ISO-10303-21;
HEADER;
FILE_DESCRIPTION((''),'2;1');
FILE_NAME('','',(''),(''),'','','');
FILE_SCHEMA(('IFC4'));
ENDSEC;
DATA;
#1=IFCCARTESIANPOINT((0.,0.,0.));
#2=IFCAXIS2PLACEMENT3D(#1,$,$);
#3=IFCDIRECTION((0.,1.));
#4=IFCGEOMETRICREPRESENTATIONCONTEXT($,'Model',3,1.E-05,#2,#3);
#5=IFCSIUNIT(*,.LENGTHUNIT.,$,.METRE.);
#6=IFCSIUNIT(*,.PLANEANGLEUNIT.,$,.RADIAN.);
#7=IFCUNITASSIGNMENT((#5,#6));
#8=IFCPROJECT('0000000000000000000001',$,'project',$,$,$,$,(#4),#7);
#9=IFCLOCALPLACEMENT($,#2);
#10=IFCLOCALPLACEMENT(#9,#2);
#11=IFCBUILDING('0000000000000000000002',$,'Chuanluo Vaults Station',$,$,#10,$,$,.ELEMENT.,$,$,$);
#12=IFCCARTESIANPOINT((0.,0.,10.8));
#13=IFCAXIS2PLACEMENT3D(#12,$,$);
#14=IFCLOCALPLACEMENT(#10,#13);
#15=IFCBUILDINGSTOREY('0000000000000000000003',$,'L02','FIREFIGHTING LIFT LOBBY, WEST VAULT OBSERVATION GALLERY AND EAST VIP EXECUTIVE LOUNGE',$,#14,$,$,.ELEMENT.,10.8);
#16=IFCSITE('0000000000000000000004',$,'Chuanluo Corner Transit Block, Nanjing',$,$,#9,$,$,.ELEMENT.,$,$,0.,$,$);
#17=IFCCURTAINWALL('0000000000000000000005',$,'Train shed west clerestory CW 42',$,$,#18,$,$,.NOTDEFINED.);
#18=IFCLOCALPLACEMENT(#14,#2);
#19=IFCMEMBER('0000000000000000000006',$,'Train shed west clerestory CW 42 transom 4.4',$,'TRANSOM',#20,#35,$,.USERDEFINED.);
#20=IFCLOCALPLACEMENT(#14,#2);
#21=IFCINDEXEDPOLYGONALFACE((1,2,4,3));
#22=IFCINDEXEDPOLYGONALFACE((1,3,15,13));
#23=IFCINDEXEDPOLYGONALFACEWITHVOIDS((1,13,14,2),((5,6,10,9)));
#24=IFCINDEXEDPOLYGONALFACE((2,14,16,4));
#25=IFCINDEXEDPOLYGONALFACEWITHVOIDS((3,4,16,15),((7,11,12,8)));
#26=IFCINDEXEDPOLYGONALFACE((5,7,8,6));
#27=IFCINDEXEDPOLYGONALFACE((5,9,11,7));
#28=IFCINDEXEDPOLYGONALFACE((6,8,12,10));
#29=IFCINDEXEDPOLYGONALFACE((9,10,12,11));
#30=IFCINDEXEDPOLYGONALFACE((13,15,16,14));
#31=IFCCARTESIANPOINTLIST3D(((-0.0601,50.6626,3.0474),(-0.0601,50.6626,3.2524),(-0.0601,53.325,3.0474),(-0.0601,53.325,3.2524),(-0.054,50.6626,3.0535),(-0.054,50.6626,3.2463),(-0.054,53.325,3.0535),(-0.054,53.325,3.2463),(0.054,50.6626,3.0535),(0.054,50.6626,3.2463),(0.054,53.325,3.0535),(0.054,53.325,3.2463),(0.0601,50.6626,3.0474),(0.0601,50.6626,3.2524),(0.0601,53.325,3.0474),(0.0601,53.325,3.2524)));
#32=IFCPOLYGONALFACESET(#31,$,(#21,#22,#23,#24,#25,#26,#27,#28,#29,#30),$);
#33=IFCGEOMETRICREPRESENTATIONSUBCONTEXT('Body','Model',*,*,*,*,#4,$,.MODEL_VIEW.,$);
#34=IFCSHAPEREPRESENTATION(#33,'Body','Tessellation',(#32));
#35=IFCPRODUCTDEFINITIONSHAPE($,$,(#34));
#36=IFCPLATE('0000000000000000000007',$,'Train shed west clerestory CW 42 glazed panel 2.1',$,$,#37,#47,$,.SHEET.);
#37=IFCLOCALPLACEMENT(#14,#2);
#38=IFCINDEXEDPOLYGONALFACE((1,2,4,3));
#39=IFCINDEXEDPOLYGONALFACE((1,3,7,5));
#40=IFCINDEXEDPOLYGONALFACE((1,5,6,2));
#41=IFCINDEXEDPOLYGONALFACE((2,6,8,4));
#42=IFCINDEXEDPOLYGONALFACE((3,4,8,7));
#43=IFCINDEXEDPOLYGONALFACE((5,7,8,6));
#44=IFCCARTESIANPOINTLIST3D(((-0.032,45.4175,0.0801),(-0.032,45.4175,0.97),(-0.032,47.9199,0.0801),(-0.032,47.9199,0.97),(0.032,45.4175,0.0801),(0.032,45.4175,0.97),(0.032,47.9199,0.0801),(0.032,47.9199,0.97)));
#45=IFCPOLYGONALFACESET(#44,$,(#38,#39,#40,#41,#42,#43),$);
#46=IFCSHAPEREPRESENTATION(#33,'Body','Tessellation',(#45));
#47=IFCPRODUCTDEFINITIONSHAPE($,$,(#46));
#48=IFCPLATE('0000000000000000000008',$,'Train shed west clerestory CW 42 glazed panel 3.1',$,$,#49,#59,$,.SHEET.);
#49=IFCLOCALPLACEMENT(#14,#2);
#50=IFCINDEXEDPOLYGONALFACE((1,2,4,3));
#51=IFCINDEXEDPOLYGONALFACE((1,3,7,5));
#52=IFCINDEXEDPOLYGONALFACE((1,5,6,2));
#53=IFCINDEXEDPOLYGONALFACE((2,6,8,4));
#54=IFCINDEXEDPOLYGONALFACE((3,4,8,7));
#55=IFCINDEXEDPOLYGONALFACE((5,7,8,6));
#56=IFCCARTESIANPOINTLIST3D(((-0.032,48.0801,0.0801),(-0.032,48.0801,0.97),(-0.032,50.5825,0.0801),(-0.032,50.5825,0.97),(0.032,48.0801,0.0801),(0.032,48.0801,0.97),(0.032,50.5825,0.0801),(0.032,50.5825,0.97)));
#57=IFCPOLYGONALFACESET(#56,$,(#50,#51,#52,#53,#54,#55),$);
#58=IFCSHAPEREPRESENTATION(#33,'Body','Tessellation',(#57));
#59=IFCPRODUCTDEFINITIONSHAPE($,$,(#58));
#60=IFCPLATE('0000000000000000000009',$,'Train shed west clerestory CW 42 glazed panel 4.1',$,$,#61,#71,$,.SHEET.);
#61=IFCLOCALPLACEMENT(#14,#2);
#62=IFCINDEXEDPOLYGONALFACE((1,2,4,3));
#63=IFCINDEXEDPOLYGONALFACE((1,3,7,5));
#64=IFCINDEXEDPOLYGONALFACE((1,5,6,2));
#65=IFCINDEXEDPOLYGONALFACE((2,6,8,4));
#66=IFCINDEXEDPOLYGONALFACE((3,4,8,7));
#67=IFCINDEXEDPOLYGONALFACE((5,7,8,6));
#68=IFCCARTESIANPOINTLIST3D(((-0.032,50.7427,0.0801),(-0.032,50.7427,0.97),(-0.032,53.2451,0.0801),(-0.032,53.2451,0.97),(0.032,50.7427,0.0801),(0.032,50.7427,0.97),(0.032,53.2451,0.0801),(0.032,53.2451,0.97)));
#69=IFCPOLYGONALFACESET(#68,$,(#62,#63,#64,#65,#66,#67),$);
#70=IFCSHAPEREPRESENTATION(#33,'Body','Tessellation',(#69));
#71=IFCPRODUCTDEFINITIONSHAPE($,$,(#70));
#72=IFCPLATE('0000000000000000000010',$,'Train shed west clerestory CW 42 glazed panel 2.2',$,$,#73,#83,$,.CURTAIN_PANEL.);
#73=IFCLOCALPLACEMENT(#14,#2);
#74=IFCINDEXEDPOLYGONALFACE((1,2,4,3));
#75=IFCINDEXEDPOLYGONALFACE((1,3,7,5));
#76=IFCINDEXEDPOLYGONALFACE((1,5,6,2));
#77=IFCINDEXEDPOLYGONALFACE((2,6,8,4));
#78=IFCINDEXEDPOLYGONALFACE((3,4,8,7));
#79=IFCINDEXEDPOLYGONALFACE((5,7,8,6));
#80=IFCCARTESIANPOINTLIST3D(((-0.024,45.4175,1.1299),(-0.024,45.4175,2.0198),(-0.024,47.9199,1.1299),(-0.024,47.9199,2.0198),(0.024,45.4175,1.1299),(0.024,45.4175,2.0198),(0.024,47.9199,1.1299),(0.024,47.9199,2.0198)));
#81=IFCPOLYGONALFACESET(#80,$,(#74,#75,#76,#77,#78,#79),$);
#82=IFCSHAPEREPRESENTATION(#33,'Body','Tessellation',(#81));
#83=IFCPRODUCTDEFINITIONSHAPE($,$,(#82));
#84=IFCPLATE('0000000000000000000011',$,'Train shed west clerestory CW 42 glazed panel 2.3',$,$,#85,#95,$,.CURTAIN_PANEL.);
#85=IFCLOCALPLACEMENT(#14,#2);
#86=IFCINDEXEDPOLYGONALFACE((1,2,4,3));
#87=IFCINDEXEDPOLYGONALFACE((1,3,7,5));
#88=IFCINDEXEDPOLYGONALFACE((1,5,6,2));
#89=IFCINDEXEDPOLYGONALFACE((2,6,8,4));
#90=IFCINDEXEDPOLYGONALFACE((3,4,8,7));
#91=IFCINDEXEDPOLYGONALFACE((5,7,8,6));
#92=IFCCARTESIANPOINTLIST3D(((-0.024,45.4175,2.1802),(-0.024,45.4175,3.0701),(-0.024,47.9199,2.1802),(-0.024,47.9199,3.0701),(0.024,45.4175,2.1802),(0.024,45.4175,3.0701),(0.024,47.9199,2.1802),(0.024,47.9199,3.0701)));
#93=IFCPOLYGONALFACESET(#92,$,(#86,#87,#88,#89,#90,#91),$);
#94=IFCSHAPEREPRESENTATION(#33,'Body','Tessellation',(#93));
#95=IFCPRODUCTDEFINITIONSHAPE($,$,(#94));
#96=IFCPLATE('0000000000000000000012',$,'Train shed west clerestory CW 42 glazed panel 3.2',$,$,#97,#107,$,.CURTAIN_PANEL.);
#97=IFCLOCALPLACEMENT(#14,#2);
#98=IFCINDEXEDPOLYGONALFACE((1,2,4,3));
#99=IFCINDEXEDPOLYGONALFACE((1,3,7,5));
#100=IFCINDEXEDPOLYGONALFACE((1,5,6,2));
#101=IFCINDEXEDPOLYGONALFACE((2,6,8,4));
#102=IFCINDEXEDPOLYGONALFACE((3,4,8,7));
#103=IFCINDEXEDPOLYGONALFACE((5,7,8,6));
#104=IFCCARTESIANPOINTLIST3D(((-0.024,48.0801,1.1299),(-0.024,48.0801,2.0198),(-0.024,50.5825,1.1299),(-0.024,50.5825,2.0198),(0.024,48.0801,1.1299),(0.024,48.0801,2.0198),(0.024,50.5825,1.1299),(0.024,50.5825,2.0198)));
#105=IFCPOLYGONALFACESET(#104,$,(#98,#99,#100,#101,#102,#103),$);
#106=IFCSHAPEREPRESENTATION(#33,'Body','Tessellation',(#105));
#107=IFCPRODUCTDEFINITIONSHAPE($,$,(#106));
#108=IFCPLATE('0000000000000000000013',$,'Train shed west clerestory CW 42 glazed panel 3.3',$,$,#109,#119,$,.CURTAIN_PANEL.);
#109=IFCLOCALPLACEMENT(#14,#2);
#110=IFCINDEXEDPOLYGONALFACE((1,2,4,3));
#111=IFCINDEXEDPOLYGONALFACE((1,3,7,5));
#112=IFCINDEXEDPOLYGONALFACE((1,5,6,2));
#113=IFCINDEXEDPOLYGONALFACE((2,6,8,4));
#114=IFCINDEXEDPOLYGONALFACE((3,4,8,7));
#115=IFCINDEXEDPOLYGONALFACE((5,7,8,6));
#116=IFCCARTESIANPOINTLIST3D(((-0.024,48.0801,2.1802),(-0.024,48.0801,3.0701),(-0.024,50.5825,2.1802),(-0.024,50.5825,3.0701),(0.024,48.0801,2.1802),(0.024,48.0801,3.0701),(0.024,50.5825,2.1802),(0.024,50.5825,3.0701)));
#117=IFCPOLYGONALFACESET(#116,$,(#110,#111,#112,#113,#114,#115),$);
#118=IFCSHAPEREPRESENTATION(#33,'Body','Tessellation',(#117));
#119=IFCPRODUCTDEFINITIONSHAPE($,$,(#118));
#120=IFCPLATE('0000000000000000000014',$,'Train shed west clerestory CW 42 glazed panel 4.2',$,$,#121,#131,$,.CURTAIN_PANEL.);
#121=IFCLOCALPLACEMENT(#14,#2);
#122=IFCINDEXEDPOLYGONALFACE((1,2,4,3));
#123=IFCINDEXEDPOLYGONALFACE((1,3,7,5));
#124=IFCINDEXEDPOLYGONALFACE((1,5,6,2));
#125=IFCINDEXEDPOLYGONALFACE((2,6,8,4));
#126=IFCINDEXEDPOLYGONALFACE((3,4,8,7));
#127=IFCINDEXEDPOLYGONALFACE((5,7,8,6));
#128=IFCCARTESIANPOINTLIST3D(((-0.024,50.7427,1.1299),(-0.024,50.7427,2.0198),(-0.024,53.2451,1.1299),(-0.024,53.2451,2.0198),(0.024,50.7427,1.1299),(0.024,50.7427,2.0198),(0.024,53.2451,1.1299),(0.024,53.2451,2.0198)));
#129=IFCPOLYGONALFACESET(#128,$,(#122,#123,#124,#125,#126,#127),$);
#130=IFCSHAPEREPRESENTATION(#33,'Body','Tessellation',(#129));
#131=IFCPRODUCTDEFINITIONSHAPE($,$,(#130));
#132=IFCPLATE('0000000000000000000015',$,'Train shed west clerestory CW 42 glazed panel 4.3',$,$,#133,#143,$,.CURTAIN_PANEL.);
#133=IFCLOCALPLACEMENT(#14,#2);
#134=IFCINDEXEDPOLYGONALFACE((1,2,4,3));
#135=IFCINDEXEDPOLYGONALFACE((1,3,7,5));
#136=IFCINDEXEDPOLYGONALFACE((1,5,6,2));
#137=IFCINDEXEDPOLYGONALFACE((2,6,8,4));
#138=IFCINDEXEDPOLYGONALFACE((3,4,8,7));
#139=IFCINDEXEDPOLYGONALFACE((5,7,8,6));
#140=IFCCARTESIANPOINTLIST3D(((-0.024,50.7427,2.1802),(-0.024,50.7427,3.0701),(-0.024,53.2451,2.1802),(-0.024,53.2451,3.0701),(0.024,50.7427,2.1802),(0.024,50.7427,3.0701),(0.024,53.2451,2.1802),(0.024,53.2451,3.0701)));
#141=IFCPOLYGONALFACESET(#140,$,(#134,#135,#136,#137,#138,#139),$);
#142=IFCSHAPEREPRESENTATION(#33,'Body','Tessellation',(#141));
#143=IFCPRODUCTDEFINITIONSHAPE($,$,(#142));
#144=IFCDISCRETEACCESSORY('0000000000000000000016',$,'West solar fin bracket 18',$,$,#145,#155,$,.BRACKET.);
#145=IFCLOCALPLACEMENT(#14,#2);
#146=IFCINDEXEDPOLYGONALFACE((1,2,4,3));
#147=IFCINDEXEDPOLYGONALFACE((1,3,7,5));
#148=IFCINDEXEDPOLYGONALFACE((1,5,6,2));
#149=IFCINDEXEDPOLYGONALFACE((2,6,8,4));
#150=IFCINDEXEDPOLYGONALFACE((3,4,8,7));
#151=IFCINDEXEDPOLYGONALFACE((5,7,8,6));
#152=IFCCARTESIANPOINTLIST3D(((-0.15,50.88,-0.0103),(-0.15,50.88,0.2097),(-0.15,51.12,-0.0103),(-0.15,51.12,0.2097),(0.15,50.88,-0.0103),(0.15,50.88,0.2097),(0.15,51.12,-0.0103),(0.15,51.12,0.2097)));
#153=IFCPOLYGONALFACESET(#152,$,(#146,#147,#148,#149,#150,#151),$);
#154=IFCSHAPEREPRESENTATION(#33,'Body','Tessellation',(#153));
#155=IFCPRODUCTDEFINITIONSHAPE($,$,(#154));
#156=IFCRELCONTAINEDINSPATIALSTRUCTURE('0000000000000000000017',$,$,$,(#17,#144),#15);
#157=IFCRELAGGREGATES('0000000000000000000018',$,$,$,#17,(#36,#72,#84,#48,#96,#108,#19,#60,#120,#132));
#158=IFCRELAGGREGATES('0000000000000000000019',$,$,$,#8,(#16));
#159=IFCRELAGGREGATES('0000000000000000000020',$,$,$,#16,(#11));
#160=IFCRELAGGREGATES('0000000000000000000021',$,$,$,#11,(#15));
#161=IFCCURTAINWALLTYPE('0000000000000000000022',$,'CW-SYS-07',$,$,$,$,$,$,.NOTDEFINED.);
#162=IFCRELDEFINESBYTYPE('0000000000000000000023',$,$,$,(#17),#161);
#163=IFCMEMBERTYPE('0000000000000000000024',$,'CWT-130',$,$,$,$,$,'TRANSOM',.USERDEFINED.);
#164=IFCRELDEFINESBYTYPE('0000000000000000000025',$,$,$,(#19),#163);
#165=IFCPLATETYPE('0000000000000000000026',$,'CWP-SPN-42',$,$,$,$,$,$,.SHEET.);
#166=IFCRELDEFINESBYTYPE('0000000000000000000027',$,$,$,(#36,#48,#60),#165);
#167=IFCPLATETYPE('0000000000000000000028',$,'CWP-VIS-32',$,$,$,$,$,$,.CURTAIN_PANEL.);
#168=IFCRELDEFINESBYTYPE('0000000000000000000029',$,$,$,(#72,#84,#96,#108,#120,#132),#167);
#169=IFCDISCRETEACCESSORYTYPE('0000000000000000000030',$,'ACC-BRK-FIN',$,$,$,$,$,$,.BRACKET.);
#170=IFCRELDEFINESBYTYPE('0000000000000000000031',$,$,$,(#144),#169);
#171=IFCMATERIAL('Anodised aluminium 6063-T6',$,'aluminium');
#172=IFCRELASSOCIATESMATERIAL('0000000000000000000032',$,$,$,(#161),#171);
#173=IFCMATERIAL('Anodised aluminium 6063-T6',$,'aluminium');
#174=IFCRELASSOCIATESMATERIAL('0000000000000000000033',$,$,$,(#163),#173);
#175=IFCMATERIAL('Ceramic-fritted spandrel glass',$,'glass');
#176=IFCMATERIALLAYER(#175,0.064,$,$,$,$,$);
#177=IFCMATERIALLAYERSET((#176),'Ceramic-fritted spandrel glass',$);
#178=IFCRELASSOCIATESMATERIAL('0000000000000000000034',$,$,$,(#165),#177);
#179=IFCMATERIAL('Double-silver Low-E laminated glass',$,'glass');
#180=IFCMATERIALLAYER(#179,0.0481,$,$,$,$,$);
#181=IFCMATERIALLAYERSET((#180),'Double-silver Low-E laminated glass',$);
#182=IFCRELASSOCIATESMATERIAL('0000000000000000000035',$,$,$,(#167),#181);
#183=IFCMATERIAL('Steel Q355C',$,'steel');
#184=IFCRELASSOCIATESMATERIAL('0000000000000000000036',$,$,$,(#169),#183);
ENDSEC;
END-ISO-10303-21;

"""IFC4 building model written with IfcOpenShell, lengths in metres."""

from ifc_helpers import new_model, si_unit, direction, frame, origin, origin_2d, place, context, subcontext, project, spatial, rectangle, hollow_rectangle, extrude, material, layer, layer_set, material_profile, profile_set, type_object, element, aggregate, save


model = new_model("IFC4")

# Units and contexts
model_context = context("Model", 3, precision=1e-05, world=origin(), true_north=direction((0.0, 1.0)))
body_context = subcontext(model_context, "Body", "Model", "MODEL_VIEW")
ifc_project = project(units=[si_unit("LENGTHUNIT", "METRE"), si_unit("PLANEANGLEUNIT", "RADIAN")], contexts=[model_context])

# Site, building, storey
site_placement = place(None, origin())
site = spatial("IfcSite", under=ifc_project, at=site_placement, Name="Chuanluo Corner Transit Block, Nanjing", CompositionType="ELEMENT", RefElevation=0.0)
building_placement = place(site_placement, origin())
building = spatial("IfcBuilding", under=site, at=building_placement, Name="Chuanluo Vaults Station", CompositionType="ELEMENT")
storey_placement = place(building_placement, frame((0.0, 0.0, 10.8)))
storey = spatial("IfcBuildingStorey", under=building, at=storey_placement, Name="L02", Description="FIREFIGHTING LIFT LOBBY, WEST VAULT OBSERVATION GALLERY AND EAST VIP EXECUTIVE LOUNGE", CompositionType="ELEMENT", Elevation=10.8)

# Curtain wall, member, plates
ifc_material_1 = material(Name="Anodised aluminium 6063-T6", Category="aluminium")
curtain_wall_type = type_object("IfcCurtainWallType", Name="CW-SYS-07", PredefinedType="NOTDEFINED", material=ifc_material_1)
curtain_wall_placement = place(storey_placement, origin())
curtain_wall = element("IfcCurtainWall", 1, at=curtain_wall_placement, inside=storey, type_object=curtain_wall_type, Name="Train shed west clerestory CW 42", PredefinedType="NOTDEFINED")
ifc_material_2 = material(Name="Anodised aluminium 6063-T6", Category="aluminium")
ifc_material_profile_1 = material_profile(ifc_material_2, hollow_rectangle(XDim=0.1201, YDim=0.2051, WallThickness=0.0061, at=origin_2d()))
ifc_profile_set_1 = profile_set([ifc_material_profile_1], Name="Anodised aluminium 6063-T6")
member_type_1 = type_object("IfcMemberType", Name="CWT-130", ElementType="TRANSOM", PredefinedType="USERDEFINED", material=ifc_profile_set_1)
member_1_placement = place(storey_placement, frame((0.0, 50.6626, 3.1499), z_axis=(0.0, 1.0, 0.0), x_axis=(-1.0, 0.0, 0.0)))
member_1 = element("IfcMember", 2, at=member_1_placement, type_object=member_type_1, Name="Train shed west clerestory CW 42 transom 4.4", ObjectType="TRANSOM", PredefinedType="USERDEFINED", context=body_context, shape_type="SweptSolid", body=[
    extrude(hollow_rectangle(XDim=0.1201, YDim=0.2051, WallThickness=0.0061, at=origin_2d()), origin(), (0.0, 0.0, 1.0), 2.6624),
])
ifc_material_3 = material(Name="Ceramic-fritted spandrel glass", Category="glass")
ifc_layer_1 = layer(ifc_material_3, 0.064)
ifc_layer_set_1 = layer_set([ifc_layer_1], Name="Ceramic-fritted spandrel glass")
plate_type_1 = type_object("IfcPlateType", Name="CWP-SPN-42", PredefinedType="SHEET", material=ifc_layer_set_1)
plate_1_placement = place(storey_placement, frame((0.0, 46.6687, 0.0801), z_axis=(0.0, 0.0, 1.0), x_axis=(0.0, 1.0, 0.0)))
plate_1 = element("IfcPlate", 3, at=plate_1_placement, type_object=plate_type_1, Name="Train shed west clerestory CW 42 glazed panel 2.1", PredefinedType="SHEET", context=body_context, shape_type="SweptSolid", body=[
    extrude(rectangle(XDim=2.5024, YDim=0.064, at=origin_2d()), origin(), (0.0, 0.0, 1.0), 0.8899),
])
plate_2_placement = place(storey_placement, frame((0.0, 49.3313, 0.0801), z_axis=(0.0, 0.0, 1.0), x_axis=(0.0, 1.0, 0.0)))
plate_2 = element("IfcPlate", 4, at=plate_2_placement, type_object=plate_type_1, Name="Train shed west clerestory CW 42 glazed panel 3.1", PredefinedType="SHEET", context=body_context, shape_type="SweptSolid", body=[
    extrude(rectangle(XDim=2.5024, YDim=0.064, at=origin_2d()), origin(), (0.0, 0.0, 1.0), 0.8899),
])
plate_3_placement = place(storey_placement, frame((0.0, 51.9939, 0.0801), z_axis=(0.0, 0.0, 1.0), x_axis=(0.0, 1.0, 0.0)))
plate_3 = element("IfcPlate", 5, at=plate_3_placement, type_object=plate_type_1, Name="Train shed west clerestory CW 42 glazed panel 4.1", PredefinedType="SHEET", context=body_context, shape_type="SweptSolid", body=[
    extrude(rectangle(XDim=2.5024, YDim=0.064, at=origin_2d()), origin(), (0.0, 0.0, 1.0), 0.8899),
])
ifc_material_4 = material(Name="Double-silver Low-E laminated glass", Category="glass")
ifc_layer_2 = layer(ifc_material_4, 0.0481)
ifc_layer_set_2 = layer_set([ifc_layer_2], Name="Double-silver Low-E laminated glass")
plate_type_2 = type_object("IfcPlateType", Name="CWP-VIS-32", PredefinedType="CURTAIN_PANEL", material=ifc_layer_set_2)
plate_4_placement = place(storey_placement, frame((0.0, 46.6687, 1.1299), z_axis=(0.0, 0.0, 1.0), x_axis=(0.0, 1.0, 0.0)))
plate_4 = element("IfcPlate", 6, at=plate_4_placement, type_object=plate_type_2, Name="Train shed west clerestory CW 42 glazed panel 2.2", PredefinedType="CURTAIN_PANEL", context=body_context, shape_type="SweptSolid", body=[
    extrude(rectangle(XDim=2.5024, YDim=0.0481, at=origin_2d()), origin(), (0.0, 0.0, 1.0), 0.8899),
])
plate_5_placement = place(storey_placement, frame((0.0, 46.6687, 2.1802), z_axis=(0.0, 0.0, 1.0), x_axis=(0.0, 1.0, 0.0)))
plate_5 = element("IfcPlate", 7, at=plate_5_placement, type_object=plate_type_2, Name="Train shed west clerestory CW 42 glazed panel 2.3", PredefinedType="CURTAIN_PANEL", context=body_context, shape_type="SweptSolid", body=[
    extrude(rectangle(XDim=2.5024, YDim=0.0481, at=origin_2d()), origin(), (0.0, 0.0, 1.0), 0.8899),
])
plate_6_placement = place(storey_placement, frame((0.0, 49.3313, 1.1299), z_axis=(0.0, 0.0, 1.0), x_axis=(0.0, 1.0, 0.0)))
plate_6 = element("IfcPlate", 8, at=plate_6_placement, type_object=plate_type_2, Name="Train shed west clerestory CW 42 glazed panel 3.2", PredefinedType="CURTAIN_PANEL", context=body_context, shape_type="SweptSolid", body=[
    extrude(rectangle(XDim=2.5024, YDim=0.0481, at=origin_2d()), origin(), (0.0, 0.0, 1.0), 0.8899),
])
plate_7_placement = place(storey_placement, frame((0.0, 49.3313, 2.1802), z_axis=(0.0, 0.0, 1.0), x_axis=(0.0, 1.0, 0.0)))
plate_7 = element("IfcPlate", 9, at=plate_7_placement, type_object=plate_type_2, Name="Train shed west clerestory CW 42 glazed panel 3.3", PredefinedType="CURTAIN_PANEL", context=body_context, shape_type="SweptSolid", body=[
    extrude(rectangle(XDim=2.5024, YDim=0.0481, at=origin_2d()), origin(), (0.0, 0.0, 1.0), 0.8899),
])
plate_8_placement = place(storey_placement, frame((0.0, 51.9939, 1.1299), z_axis=(0.0, 0.0, 1.0), x_axis=(0.0, 1.0, 0.0)))
plate_8 = element("IfcPlate", 10, at=plate_8_placement, type_object=plate_type_2, Name="Train shed west clerestory CW 42 glazed panel 4.2", PredefinedType="CURTAIN_PANEL", context=body_context, shape_type="SweptSolid", body=[
    extrude(rectangle(XDim=2.5024, YDim=0.0481, at=origin_2d()), origin(), (0.0, 0.0, 1.0), 0.8899),
])
plate_9_placement = place(storey_placement, frame((0.0, 51.9939, 2.1802), z_axis=(0.0, 0.0, 1.0), x_axis=(0.0, 1.0, 0.0)))
plate_9 = element("IfcPlate", 11, at=plate_9_placement, type_object=plate_type_2, Name="Train shed west clerestory CW 42 glazed panel 4.3", PredefinedType="CURTAIN_PANEL", context=body_context, shape_type="SweptSolid", body=[
    extrude(rectangle(XDim=2.5024, YDim=0.0481, at=origin_2d()), origin(), (0.0, 0.0, 1.0), 0.8899),
])
aggregate(curtain_wall, [plate_1, plate_4, plate_5, plate_2, plate_6, plate_7, member_1, plate_3, plate_8, plate_9])

# Discrete accessory
ifc_material_5 = material(Name="Steel Q355C", Category="steel")
discrete_accessory_type = type_object("IfcDiscreteAccessoryType", Name="ACC-BRK-FIN", PredefinedType="BRACKET", material=ifc_material_5)
discrete_accessory_placement = place(storey_placement, frame((0.0, 51.0, -0.0103), z_axis=(0.0, 0.0, 1.0), x_axis=(1.0, 0.0, 0.0)))
element("IfcDiscreteAccessory", 12, at=discrete_accessory_placement, inside=storey, type_object=discrete_accessory_type, Name="West solar fin bracket 18", PredefinedType="BRACKET", context=body_context, shape_type="SweptSolid", body=[
    extrude(rectangle(XDim=0.3, YDim=0.24, at=origin_2d()), origin(), (0.0, 0.0, 1.0), 0.22),
])

save(model, "model.ifc")
